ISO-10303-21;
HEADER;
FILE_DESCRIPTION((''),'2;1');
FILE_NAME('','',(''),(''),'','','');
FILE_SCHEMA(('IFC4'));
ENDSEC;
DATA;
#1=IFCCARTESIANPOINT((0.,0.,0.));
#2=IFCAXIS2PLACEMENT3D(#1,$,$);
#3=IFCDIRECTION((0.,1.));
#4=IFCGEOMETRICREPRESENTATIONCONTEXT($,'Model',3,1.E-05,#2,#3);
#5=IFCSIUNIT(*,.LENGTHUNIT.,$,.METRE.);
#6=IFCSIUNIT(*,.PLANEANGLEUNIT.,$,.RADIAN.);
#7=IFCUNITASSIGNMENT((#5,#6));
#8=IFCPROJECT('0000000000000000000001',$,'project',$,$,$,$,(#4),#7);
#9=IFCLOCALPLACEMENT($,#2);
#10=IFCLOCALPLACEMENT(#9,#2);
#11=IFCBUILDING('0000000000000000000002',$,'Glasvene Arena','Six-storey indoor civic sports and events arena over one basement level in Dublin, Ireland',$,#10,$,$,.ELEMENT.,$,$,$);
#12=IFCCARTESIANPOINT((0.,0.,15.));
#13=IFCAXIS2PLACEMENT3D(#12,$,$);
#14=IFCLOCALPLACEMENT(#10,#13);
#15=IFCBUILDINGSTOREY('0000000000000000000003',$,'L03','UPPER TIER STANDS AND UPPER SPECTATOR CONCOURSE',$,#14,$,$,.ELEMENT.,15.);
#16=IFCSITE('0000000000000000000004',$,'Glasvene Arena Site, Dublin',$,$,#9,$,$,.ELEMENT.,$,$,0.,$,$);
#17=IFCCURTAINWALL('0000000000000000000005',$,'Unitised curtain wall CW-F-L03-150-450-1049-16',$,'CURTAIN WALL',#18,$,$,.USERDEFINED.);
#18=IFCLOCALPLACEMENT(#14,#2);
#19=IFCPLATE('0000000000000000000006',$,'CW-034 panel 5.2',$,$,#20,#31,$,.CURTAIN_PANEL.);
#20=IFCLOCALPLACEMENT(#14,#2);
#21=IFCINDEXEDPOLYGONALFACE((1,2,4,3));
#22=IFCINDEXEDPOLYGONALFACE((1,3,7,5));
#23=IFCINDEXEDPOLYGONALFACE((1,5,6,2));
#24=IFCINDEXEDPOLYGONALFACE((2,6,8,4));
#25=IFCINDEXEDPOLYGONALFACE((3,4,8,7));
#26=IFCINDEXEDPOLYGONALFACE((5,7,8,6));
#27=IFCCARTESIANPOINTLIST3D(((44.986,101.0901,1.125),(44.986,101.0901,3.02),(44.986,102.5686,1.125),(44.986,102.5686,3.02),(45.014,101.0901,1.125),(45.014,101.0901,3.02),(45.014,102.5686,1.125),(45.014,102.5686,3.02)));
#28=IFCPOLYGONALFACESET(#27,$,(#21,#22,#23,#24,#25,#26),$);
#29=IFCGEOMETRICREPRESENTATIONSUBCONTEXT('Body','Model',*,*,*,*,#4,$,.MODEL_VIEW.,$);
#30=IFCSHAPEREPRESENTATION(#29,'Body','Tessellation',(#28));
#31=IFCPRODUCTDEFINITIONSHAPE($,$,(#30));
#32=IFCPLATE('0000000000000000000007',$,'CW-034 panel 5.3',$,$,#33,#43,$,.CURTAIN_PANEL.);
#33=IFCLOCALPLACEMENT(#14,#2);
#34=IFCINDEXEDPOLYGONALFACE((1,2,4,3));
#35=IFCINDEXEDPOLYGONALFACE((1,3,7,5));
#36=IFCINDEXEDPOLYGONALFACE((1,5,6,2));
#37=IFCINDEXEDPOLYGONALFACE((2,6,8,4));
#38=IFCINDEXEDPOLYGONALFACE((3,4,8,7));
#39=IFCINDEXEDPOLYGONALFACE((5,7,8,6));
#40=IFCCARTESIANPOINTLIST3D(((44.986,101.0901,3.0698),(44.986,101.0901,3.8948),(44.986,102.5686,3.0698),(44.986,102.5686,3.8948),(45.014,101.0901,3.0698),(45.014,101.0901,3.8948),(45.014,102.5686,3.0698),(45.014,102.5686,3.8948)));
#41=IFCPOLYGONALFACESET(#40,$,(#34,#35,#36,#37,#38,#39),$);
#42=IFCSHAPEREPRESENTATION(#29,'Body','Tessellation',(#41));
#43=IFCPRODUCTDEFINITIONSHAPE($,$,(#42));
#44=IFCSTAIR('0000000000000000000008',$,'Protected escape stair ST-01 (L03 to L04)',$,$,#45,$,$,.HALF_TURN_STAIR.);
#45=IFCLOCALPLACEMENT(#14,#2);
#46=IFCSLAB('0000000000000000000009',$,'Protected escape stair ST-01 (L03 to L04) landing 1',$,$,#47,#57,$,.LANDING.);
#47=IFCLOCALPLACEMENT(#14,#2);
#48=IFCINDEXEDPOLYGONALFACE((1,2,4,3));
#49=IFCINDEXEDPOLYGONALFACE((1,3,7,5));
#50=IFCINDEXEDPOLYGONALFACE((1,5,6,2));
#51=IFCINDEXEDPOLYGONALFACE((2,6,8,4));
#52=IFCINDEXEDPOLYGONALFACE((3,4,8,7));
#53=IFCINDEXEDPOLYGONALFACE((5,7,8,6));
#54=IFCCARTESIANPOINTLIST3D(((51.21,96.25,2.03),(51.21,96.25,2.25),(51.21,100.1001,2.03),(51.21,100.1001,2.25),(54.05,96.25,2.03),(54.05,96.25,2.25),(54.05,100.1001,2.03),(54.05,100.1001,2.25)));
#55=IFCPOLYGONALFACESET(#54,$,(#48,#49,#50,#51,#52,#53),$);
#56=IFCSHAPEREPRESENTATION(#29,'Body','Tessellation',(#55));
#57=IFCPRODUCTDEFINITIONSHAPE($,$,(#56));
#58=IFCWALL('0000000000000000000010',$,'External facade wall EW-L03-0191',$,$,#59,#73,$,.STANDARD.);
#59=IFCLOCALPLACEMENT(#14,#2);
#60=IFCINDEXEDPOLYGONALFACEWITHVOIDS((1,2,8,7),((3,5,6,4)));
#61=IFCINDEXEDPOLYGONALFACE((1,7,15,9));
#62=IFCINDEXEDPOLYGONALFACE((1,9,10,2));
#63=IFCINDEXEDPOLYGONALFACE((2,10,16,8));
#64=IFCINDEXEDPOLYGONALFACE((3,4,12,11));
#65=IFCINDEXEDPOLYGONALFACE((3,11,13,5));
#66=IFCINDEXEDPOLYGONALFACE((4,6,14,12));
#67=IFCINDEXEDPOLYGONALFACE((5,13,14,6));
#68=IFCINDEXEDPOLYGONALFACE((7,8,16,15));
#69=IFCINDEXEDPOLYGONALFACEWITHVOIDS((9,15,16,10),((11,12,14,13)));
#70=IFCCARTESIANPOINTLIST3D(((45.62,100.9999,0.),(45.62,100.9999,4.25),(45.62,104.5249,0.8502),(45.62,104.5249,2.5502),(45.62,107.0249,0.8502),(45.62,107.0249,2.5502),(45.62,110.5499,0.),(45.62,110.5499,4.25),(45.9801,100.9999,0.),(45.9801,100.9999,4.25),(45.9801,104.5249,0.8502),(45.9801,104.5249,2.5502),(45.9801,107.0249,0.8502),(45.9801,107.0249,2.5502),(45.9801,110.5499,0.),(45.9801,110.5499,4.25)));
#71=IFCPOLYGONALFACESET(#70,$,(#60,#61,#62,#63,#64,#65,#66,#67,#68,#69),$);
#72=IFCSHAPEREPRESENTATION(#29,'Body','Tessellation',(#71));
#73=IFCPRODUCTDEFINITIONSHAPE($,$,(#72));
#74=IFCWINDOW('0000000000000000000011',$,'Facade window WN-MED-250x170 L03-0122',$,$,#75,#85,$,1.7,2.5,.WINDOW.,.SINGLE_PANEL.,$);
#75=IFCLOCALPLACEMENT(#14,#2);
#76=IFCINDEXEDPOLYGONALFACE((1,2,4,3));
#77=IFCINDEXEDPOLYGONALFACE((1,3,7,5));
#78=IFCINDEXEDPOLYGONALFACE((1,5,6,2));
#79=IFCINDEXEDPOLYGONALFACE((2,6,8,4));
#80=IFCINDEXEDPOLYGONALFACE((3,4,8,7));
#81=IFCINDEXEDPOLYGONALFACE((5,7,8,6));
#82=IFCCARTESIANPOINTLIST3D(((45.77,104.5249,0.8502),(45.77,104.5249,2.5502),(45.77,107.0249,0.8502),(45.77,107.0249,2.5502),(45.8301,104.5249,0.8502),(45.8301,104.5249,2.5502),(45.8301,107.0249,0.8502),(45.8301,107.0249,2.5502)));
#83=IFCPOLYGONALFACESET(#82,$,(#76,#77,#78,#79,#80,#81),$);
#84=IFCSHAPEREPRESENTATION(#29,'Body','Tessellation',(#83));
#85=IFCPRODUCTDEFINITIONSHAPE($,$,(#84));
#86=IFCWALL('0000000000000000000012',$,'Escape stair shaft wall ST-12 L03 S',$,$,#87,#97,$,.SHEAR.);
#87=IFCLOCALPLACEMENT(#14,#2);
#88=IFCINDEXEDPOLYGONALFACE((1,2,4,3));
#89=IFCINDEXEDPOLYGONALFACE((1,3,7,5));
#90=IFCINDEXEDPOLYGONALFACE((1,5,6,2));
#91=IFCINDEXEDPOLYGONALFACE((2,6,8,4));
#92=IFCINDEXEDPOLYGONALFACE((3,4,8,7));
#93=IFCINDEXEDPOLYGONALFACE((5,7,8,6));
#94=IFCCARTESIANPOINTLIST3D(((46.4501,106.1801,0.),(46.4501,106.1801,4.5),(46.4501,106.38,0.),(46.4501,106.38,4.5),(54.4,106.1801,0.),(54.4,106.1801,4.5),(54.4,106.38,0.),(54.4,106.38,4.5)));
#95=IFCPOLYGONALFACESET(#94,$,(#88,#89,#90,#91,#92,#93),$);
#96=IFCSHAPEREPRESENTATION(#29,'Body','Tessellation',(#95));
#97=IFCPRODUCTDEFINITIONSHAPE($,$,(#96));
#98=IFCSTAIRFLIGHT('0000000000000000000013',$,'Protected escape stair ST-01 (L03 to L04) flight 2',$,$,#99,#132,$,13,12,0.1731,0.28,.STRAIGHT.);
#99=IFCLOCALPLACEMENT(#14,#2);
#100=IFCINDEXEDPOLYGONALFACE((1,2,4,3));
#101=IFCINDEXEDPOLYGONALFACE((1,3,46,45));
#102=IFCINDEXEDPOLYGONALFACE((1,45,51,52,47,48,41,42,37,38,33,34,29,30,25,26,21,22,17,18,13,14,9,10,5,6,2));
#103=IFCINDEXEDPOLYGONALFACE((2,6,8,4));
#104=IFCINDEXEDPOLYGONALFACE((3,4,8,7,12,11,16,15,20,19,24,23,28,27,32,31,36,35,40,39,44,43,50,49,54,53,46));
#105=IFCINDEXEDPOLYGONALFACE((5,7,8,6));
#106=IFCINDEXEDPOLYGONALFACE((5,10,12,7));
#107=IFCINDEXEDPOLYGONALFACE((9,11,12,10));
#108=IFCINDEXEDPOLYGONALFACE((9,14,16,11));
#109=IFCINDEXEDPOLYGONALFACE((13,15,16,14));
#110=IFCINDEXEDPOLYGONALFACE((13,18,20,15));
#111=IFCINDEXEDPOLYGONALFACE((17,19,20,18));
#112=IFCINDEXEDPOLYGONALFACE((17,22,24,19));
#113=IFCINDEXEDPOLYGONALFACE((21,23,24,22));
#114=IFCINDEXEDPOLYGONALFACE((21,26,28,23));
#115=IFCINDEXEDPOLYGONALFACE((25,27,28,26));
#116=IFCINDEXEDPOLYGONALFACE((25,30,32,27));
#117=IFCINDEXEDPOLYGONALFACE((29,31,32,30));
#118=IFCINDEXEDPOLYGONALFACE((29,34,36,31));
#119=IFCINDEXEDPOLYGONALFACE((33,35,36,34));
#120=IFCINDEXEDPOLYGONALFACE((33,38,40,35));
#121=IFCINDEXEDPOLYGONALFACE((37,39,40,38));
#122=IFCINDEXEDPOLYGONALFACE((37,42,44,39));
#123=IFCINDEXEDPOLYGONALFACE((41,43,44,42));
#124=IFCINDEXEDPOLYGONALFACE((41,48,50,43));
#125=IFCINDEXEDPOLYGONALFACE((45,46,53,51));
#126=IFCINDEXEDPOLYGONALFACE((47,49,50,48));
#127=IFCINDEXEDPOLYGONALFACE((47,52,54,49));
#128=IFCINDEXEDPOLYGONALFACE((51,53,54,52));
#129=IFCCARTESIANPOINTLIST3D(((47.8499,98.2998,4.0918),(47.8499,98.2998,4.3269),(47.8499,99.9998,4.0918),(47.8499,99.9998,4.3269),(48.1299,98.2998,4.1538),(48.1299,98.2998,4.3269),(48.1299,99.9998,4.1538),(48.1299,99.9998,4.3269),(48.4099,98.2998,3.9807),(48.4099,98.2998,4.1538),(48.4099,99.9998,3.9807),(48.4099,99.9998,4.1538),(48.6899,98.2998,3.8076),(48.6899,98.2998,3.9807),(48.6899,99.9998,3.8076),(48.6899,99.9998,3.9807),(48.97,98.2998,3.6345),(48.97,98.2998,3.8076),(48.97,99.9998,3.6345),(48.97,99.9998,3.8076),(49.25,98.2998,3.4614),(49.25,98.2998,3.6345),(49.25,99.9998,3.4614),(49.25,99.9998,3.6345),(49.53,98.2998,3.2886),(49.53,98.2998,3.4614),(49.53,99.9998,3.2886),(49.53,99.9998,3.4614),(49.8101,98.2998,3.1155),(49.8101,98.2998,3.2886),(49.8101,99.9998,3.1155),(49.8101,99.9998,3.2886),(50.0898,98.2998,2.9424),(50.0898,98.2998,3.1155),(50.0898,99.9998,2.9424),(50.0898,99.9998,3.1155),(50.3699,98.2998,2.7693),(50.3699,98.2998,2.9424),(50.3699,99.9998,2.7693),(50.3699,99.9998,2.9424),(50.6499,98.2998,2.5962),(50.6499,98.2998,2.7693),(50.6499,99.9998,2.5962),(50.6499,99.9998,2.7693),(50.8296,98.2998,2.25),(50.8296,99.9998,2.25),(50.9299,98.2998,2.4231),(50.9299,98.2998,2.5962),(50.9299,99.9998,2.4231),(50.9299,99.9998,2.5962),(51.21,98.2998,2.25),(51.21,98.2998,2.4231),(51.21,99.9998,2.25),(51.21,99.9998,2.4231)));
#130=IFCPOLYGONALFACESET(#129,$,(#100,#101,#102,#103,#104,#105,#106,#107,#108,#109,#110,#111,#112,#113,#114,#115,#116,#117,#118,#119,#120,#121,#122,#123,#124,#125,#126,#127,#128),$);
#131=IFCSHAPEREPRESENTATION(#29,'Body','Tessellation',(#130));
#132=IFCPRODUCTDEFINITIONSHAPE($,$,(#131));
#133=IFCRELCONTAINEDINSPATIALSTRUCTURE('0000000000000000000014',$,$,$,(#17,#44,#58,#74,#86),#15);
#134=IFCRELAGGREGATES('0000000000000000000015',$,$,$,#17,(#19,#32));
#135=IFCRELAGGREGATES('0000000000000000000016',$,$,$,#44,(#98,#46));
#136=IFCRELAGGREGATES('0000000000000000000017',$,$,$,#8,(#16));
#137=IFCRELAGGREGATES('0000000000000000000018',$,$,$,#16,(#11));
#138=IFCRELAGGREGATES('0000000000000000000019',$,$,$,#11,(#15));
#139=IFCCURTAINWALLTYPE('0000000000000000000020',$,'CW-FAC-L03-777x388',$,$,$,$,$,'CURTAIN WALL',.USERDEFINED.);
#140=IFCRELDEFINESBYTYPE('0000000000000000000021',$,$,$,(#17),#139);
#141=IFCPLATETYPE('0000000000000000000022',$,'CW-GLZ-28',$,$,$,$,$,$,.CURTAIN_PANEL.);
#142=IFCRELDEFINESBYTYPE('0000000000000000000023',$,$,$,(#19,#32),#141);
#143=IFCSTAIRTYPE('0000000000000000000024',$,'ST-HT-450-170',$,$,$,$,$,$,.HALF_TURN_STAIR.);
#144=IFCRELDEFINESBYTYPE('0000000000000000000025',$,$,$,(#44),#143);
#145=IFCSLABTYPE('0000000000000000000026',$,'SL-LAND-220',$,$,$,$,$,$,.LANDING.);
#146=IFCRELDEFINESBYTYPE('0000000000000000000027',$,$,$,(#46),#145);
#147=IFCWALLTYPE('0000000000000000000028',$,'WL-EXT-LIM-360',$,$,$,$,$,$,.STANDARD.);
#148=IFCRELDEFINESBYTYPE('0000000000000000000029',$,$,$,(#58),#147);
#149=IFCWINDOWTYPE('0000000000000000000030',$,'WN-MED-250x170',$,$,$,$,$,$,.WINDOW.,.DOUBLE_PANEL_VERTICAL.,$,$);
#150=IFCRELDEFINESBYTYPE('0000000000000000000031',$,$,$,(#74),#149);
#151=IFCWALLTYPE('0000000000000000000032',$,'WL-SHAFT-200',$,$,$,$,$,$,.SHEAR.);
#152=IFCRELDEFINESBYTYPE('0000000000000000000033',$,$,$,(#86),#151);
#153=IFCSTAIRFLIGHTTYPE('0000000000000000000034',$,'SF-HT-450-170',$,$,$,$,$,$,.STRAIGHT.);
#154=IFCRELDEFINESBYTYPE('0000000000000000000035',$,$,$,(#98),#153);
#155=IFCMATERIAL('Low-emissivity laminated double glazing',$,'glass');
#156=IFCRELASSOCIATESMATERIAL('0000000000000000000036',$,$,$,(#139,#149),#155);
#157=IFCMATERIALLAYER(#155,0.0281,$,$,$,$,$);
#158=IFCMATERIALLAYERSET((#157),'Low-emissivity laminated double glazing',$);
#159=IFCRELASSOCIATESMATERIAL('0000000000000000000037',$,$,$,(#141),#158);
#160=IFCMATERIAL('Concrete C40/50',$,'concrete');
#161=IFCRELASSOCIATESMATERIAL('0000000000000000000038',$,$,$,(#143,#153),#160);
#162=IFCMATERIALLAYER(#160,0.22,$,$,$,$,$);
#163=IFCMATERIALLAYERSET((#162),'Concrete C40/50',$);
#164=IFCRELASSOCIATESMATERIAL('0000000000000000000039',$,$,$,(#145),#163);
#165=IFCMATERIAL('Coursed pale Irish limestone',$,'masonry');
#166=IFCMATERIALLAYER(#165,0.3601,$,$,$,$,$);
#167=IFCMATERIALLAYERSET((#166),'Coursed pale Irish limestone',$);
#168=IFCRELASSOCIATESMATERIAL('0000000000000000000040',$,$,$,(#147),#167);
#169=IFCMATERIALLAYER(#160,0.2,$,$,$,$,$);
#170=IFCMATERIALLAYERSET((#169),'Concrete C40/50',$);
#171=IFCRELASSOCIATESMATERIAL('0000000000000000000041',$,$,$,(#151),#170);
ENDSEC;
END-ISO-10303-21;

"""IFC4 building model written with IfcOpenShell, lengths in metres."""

from ifc_helpers import new_model, si_unit, direction, frame, frame_2d, origin, origin_2d, place, context, subcontext, project, spatial, polyline, rectangle, outline, extrude, material, layer, layer_set, type_object, element, fill, aggregate, save


model = new_model("IFC4")

# Units and contexts
model_context = context("Model", 3, precision=1e-05, world=origin(), true_north=direction((0.0, 1.0)))
body_context = subcontext(model_context, "Body", "Model", "MODEL_VIEW")
ifc_project = project(units=[si_unit("LENGTHUNIT", "METRE"), si_unit("PLANEANGLEUNIT", "RADIAN")], contexts=[model_context])

# Site, building, storey
site_placement = place(None, origin())
site = spatial("IfcSite", under=ifc_project, at=site_placement, Name="Glasvene Arena Site, Dublin", CompositionType="ELEMENT", RefElevation=0.0)
building_placement = place(site_placement, origin())
building = spatial("IfcBuilding", under=site, at=building_placement, Name="Glasvene Arena", Description="Six-storey indoor civic sports and events arena over one basement level in Dublin, Ireland", CompositionType="ELEMENT")
storey_placement = place(building_placement, frame((0.0, 0.0, 15.0)))
storey = spatial("IfcBuildingStorey", under=building, at=storey_placement, Name="L03", Description="UPPER TIER STANDS AND UPPER SPECTATOR CONCOURSE", CompositionType="ELEMENT", Elevation=15.0)

# Curtain wall, plates
ifc_material_1 = material(Name="Low-emissivity laminated double glazing", Category="glass")
curtain_wall_type = type_object("IfcCurtainWallType", Name="CW-FAC-L03-777x388", ElementType="CURTAIN WALL", PredefinedType="USERDEFINED", material=ifc_material_1)
curtain_wall_placement = place(storey_placement, frame((45.0, 108.8081, 0.0)))
curtain_wall = element("IfcCurtainWall", 1, at=curtain_wall_placement, inside=storey, type_object=curtain_wall_type, Name="Unitised curtain wall CW-F-L03-150-450-1049-16", ObjectType="CURTAIN WALL", PredefinedType="USERDEFINED")
ifc_layer_1 = layer(ifc_material_1, 0.0281)
ifc_layer_set_1 = layer_set([ifc_layer_1], Name="Low-emissivity laminated double glazing")
plate_type = type_object("IfcPlateType", Name="CW-GLZ-28", PredefinedType="CURTAIN_PANEL", material=ifc_layer_set_1)
plate_1_placement = place(storey_placement, frame((45.0, 101.8293, 1.125), z_axis=(0.0, 0.0, 1.0), x_axis=(0.0, -1.0, 0.0)))
plate_1 = element("IfcPlate", 2, at=plate_1_placement, type_object=plate_type, Name="CW-034 panel 5.2", PredefinedType="CURTAIN_PANEL", context=body_context, shape_type="SweptSolid", body=[
    extrude(rectangle(XDim=1.4785, YDim=0.0281, at=origin_2d()), origin(), (0.0, 0.0, 1.0), 1.895),
])
plate_2_placement = place(storey_placement, frame((45.0, 101.8293, 3.0698), z_axis=(0.0, 0.0, 1.0), x_axis=(0.0, -1.0, 0.0)))
plate_2 = element("IfcPlate", 3, at=plate_2_placement, type_object=plate_type, Name="CW-034 panel 5.3", PredefinedType="CURTAIN_PANEL", context=body_context, shape_type="SweptSolid", body=[
    extrude(rectangle(XDim=1.4785, YDim=0.0281, at=origin_2d()), origin(), (0.0, 0.0, 1.0), 0.825),
])
aggregate(curtain_wall, [plate_1, plate_2])

# Stair, slab
ifc_material_2 = material(Name="Concrete C40/50", Category="concrete")
stair_type = type_object("IfcStairType", Name="ST-HT-450-170", PredefinedType="HALF_TURN_STAIR", material=ifc_material_2)
stair_placement = place(storey_placement, origin())
stair = element("IfcStair", 4, at=stair_placement, inside=storey, type_object=stair_type, Name="Protected escape stair ST-01 (L03 to L04)", PredefinedType="HALF_TURN_STAIR")
ifc_layer_2 = layer(ifc_material_2, 0.22)
ifc_layer_set_2 = layer_set([ifc_layer_2], Name="Concrete C40/50")
slab_type = type_object("IfcSlabType", Name="SL-LAND-220", PredefinedType="LANDING", material=ifc_layer_set_2)
slab_placement = place(storey_placement, frame((52.6299, 98.175, 2.03)))
slab = element("IfcSlab", 5, at=slab_placement, type_object=slab_type, Name="Protected escape stair ST-01 (L03 to L04) landing 1", PredefinedType="LANDING", context=body_context, shape_type="SweptSolid", body=[
    extrude(outline(polyline([(-1.4199, -1.925), (1.4202, -1.925), (1.4202, 1.925), (-1.4199, 1.925), (-1.4199, -1.925)])), origin(), (0.0, 0.0, 1.0), 0.22),
])

# Wall, opening, window
ifc_material_3 = material(Name="Coursed pale Irish limestone", Category="masonry")
ifc_layer_3 = layer(ifc_material_3, 0.3601)
ifc_layer_set_3 = layer_set([ifc_layer_3], Name="Coursed pale Irish limestone")
wall_type_1 = type_object("IfcWallType", Name="WL-EXT-LIM-360", PredefinedType="STANDARD", material=ifc_layer_set_3)
wall_1_placement = place(storey_placement, frame((45.8, 101.0, 0.0), z_axis=(0.0, 0.0, 1.0), x_axis=(0.0, 1.0, 0.0)))
wall_1 = element("IfcWall", 6, at=wall_1_placement, inside=storey, type_object=wall_type_1, Name="External facade wall EW-L03-0191", PredefinedType="STANDARD", context=body_context, shape_type="SweptSolid", body=[
    extrude(rectangle(XDim=9.55, YDim=0.3601, at=frame_2d((4.7749, 0.0))), origin(), (0.0, 0.0, 1.0), 4.25),
])
opening_1_placement = place(wall_1_placement, frame((3.5249, 0.0, 0.8501)))
opening_1 = element("IfcOpeningElement", 7, at=opening_1_placement, cuts=wall_1, PredefinedType="OPENING", context=body_context, shape_type="SweptSolid", body=[
    extrude(rectangle(XDim=2.5, YDim=1.7, at=frame_2d((1.25, 0.8501))), frame((0.0, 0.1899, 0.0), z_axis=(0.0, -1.0, 0.0), x_axis=(1.0, 0.0, 0.0)), (0.0, 0.0, 1.0), 0.3801),
])
window_type = type_object("IfcWindowType", Name="WN-MED-250x170", PartitioningType="DOUBLE_PANEL_VERTICAL", PredefinedType="WINDOW", material=ifc_material_1)
window_placement = place(opening_1_placement, origin())
window = element("IfcWindow", 8, at=window_placement, inside=storey, type_object=window_type, Name="Facade window WN-MED-250x170 L03-0122", OverallHeight=1.7, OverallWidth=2.5, PartitioningType="SINGLE_PANEL", PredefinedType="WINDOW", context=body_context, shape_type="SweptSolid", body=[
    extrude(rectangle(XDim=2.5, YDim=1.7, at=frame_2d((1.25, 0.8501))), frame((0.0, 0.03, 0.0), z_axis=(0.0, -1.0, 0.0), x_axis=(1.0, 0.0, 0.0)), (0.0, 0.0, 1.0), 0.0601),
])
fill(opening_1, window)

# Wall
ifc_layer_4 = layer(ifc_material_2, 0.2)
ifc_layer_set_4 = layer_set([ifc_layer_4], Name="Concrete C40/50")
wall_type_2 = type_object("IfcWallType", Name="WL-SHAFT-200", PredefinedType="SHEAR", material=ifc_layer_set_4)
wall_2_placement = place(storey_placement, frame((46.45, 106.28, 0.0), z_axis=(0.0, 0.0, 1.0), x_axis=(1.0, 0.0, 0.0)))
element("IfcWall", 9, at=wall_2_placement, inside=storey, type_object=wall_type_2, Name="Escape stair shaft wall ST-12 L03 S", PredefinedType="SHEAR", context=body_context, shape_type="SweptSolid", body=[
    extrude(rectangle(XDim=7.95, YDim=0.2, at=frame_2d((3.9751, 0.0))), origin(), (0.0, 0.0, 1.0), 4.5),
])

# Stair flight
stair_flight_type = type_object("IfcStairFlightType", Name="SF-HT-450-170", PredefinedType="STRAIGHT", material=ifc_material_2)
stair_flight_placement = place(storey_placement, frame((51.21, 99.1499, 2.25), z_axis=(0.0, 0.0, 1.0), x_axis=(-1.0, 0.0, 0.0)))
stair_flight = element("IfcStairFlight", 10, at=stair_flight_placement, type_object=stair_flight_type, Name="Protected escape stair ST-01 (L03 to L04) flight 2", NumberOfRisers=13, NumberOfTreads=12, PredefinedType="STRAIGHT", RiserHeight=0.1731, TreadLength=0.28, context=body_context, shape_type="SweptSolid", body=[
    extrude(outline(polyline([(0.0, 0.0), (0.0, 0.1731), (0.28, 0.1731), (0.28, 0.3462), (0.5601, 0.3462), (0.5601, 0.5193), (0.8401, 0.5193), (0.8401, 0.6924), (1.1201, 0.6924), (1.1201, 0.8655), (1.3999, 0.8655), (1.3999, 1.0386), (1.6799, 1.0386), (1.6799, 1.2114), (1.96, 1.2114), (1.96, 1.3845), (2.24, 1.3845), (2.24, 1.5576), (2.52, 1.5576), (2.52, 1.7307), (2.8, 1.7307), (2.8, 1.9038), (3.0801, 1.9038), (3.0801, 2.0769), (3.3601, 2.0769), (3.3601, 2.25), (3.3601, 1.8418), (0.3804, 0.0), (0.0, 0.0)])), frame((0.0, 0.8501, 0.0), z_axis=(0.0, -1.0, 0.0), x_axis=(1.0, 0.0, 0.0)), (0.0, 0.0, 1.0), 1.7),
])
aggregate(stair, [stair_flight, slab])

save(model, "model.ifc")
